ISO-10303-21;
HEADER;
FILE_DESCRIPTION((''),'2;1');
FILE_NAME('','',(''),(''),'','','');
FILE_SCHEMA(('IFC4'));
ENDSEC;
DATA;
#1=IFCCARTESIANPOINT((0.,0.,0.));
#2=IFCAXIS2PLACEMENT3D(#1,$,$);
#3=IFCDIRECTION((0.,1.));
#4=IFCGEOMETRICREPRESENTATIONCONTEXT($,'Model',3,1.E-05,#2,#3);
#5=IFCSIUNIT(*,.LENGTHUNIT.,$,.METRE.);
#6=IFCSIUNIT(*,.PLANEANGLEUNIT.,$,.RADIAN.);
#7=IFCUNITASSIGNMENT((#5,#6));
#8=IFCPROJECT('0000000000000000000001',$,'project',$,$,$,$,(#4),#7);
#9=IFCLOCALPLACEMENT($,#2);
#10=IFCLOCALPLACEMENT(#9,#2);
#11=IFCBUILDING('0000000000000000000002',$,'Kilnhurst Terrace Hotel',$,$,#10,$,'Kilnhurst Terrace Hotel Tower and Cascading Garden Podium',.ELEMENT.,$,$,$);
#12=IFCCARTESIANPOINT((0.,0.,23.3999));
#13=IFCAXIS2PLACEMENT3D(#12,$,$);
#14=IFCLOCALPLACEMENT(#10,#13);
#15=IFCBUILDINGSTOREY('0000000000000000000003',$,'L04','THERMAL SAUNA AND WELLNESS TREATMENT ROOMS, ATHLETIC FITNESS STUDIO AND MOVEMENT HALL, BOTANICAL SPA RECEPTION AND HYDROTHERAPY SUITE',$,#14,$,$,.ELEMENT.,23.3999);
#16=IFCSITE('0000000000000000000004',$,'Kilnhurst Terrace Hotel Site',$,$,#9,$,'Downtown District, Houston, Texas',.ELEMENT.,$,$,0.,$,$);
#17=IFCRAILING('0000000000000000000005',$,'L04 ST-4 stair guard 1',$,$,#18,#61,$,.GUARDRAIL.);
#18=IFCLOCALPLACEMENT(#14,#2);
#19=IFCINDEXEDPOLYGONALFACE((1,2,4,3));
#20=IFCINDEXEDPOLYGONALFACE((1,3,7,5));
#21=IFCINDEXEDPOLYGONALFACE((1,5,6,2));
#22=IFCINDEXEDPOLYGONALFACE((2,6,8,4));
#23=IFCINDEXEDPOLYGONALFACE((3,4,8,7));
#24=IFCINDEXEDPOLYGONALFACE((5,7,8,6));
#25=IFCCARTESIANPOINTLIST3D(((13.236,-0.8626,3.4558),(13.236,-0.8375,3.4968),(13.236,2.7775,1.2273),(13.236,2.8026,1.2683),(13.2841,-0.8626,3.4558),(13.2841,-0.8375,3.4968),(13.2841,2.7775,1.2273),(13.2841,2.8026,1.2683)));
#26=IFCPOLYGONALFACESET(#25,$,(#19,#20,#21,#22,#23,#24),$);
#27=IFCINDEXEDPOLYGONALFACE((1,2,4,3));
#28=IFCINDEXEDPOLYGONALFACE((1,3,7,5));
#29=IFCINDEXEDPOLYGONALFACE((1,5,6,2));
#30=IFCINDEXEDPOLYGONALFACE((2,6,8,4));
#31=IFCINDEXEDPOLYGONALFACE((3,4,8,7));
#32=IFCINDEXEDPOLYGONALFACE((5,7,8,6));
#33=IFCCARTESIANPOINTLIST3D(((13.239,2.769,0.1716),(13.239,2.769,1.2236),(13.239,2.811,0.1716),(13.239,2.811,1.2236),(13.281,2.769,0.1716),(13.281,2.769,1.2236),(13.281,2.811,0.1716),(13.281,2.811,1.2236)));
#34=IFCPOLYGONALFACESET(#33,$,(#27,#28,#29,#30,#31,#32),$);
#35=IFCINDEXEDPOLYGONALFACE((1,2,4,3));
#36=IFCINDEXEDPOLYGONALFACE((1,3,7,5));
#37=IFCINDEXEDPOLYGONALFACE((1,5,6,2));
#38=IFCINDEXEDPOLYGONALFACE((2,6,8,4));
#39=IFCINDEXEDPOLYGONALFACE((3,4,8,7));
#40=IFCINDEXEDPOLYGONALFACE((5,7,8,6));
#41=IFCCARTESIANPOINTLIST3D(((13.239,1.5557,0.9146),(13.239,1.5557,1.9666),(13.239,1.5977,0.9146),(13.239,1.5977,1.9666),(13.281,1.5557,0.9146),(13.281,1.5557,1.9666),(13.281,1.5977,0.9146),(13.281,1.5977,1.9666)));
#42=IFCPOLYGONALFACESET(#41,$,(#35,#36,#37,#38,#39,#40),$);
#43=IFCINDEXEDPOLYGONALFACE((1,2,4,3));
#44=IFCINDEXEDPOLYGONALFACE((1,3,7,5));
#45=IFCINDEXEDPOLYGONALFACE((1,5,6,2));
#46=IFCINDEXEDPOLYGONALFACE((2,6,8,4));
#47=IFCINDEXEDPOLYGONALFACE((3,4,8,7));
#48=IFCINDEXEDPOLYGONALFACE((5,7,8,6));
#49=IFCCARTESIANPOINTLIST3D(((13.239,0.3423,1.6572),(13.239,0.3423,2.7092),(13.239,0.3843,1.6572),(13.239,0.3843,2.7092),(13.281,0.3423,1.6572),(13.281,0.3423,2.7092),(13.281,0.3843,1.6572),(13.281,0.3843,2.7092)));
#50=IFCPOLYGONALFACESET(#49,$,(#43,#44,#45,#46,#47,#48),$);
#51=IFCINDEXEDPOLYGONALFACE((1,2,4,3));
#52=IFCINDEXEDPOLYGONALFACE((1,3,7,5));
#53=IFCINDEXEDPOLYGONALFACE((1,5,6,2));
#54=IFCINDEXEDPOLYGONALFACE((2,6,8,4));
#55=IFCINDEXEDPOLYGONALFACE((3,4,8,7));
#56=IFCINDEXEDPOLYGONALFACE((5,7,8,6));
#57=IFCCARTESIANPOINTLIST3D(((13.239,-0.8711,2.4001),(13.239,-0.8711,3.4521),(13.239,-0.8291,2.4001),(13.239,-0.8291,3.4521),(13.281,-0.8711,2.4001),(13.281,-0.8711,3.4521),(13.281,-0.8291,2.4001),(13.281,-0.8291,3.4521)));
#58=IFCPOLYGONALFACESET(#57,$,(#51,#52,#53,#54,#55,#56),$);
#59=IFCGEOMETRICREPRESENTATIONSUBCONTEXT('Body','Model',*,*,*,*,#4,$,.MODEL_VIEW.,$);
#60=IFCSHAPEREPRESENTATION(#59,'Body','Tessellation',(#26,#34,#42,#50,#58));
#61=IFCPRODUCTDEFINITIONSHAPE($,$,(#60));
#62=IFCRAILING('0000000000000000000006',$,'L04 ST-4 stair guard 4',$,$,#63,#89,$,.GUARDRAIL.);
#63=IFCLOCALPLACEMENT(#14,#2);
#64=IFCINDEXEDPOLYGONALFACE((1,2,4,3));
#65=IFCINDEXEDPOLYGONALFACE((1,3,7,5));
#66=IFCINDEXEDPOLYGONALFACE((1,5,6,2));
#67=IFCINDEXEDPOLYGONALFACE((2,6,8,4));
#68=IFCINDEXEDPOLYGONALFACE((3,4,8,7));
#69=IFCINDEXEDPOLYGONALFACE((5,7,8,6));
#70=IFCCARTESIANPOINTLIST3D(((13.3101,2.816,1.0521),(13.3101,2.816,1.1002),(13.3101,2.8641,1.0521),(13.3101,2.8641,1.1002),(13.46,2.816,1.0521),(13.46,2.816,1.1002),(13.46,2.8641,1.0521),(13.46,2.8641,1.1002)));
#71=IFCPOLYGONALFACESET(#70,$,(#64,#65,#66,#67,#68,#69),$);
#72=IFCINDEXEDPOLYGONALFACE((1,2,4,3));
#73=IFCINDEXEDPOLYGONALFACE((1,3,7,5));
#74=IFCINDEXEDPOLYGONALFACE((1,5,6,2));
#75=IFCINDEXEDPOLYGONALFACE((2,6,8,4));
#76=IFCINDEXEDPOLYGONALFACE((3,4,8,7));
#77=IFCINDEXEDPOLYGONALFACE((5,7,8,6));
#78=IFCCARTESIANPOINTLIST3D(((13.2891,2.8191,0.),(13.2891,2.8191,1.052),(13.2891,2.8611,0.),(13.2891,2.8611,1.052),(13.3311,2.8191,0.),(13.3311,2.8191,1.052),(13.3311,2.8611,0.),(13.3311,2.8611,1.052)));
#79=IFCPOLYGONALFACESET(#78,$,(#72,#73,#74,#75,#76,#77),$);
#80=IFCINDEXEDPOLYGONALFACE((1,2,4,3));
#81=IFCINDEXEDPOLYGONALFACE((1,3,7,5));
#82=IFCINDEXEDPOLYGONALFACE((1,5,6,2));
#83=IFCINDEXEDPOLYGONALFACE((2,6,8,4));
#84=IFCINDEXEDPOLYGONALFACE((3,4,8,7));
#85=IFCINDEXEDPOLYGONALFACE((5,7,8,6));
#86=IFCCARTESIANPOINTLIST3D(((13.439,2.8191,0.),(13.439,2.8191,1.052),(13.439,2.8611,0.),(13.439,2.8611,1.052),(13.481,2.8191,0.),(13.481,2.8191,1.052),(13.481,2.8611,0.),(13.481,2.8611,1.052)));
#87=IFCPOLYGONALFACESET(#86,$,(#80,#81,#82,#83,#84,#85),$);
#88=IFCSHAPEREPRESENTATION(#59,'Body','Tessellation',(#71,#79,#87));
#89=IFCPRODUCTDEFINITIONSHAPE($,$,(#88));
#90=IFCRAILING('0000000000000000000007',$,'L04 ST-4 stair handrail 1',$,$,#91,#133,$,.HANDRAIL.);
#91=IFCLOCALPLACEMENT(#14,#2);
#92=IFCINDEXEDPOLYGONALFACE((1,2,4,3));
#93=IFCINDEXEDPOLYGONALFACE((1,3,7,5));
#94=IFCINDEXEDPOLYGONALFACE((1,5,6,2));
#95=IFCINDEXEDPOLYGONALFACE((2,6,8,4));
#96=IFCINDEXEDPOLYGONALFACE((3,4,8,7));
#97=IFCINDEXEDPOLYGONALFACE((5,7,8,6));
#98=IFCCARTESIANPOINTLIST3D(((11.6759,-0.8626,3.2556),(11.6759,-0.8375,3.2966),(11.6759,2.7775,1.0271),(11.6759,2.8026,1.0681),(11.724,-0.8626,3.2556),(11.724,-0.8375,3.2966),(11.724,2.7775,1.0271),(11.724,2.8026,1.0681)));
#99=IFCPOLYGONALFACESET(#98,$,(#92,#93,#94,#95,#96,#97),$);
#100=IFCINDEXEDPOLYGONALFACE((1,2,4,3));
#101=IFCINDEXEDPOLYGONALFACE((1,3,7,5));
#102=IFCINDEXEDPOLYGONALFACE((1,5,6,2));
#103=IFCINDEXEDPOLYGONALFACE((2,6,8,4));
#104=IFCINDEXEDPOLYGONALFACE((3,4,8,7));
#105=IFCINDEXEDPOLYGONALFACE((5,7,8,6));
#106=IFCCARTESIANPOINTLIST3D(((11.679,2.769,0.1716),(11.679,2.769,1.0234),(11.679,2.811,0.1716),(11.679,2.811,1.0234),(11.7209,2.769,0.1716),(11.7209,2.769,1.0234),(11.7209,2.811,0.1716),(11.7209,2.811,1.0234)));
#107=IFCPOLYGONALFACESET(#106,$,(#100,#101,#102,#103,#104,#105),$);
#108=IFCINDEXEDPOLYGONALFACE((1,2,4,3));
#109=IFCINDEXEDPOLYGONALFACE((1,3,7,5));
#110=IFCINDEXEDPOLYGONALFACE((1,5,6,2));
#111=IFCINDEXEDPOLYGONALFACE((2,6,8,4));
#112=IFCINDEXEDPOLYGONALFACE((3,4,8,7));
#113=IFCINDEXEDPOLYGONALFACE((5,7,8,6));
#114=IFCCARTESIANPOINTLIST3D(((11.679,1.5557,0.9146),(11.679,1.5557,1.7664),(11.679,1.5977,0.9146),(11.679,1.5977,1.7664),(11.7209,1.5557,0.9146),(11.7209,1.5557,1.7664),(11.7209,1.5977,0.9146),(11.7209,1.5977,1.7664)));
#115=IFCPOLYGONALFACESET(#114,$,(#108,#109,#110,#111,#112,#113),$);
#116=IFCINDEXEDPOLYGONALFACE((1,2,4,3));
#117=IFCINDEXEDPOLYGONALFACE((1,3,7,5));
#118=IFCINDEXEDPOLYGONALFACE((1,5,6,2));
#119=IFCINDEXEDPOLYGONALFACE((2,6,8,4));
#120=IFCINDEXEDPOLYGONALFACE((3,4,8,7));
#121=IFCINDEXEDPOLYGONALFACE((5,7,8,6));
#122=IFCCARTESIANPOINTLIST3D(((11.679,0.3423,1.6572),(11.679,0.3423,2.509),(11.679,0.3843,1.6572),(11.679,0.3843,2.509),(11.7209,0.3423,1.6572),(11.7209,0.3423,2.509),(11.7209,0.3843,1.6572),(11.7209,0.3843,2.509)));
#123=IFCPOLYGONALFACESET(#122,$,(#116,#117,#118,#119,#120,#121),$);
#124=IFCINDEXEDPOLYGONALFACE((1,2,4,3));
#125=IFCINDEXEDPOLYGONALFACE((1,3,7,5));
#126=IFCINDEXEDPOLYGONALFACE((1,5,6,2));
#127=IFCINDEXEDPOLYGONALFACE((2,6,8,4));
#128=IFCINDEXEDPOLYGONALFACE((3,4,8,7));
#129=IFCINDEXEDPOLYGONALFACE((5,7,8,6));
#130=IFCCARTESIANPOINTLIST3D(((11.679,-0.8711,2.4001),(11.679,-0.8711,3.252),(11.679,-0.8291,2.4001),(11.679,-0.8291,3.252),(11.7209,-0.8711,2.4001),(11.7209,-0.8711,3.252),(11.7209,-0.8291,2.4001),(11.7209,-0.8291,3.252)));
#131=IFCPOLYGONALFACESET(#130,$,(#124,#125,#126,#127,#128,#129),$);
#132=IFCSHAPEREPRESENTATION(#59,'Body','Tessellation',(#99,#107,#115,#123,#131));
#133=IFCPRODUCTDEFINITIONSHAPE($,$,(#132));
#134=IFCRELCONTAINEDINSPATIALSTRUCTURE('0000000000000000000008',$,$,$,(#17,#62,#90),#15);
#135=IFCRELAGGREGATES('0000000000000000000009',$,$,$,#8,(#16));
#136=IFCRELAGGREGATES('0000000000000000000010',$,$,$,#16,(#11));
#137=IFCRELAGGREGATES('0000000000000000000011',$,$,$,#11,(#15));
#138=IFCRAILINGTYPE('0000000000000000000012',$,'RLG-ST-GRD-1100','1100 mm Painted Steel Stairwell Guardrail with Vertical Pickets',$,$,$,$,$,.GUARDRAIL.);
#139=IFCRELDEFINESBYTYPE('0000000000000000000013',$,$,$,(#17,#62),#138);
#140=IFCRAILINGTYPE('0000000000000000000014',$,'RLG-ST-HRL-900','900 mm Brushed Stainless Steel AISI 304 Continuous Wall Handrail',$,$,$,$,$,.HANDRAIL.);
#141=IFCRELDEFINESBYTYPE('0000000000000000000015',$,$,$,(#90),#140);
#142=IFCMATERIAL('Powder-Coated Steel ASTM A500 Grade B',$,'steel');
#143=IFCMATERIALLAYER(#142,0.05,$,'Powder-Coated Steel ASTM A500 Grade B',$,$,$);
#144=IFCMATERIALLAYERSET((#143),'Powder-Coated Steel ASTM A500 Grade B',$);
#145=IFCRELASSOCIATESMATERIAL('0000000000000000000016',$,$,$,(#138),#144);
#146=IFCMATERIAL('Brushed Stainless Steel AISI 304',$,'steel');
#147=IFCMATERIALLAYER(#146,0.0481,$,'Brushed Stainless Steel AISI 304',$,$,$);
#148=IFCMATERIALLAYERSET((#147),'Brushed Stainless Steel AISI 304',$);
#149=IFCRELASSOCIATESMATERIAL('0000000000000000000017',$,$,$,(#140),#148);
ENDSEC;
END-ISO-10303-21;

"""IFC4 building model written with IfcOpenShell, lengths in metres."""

from ifc_helpers import new_model, si_unit, direction, frame, origin, origin_2d, place, context, subcontext, project, spatial, rectangle, extrude, material, layer, layer_set, type_object, element, save


model = new_model("IFC4")

# Units and contexts
model_context = context("Model", 3, precision=1e-05, world=origin(), true_north=direction((0.0, 1.0)))
body_context = subcontext(model_context, "Body", "Model", "MODEL_VIEW")
ifc_project = project(units=[si_unit("LENGTHUNIT", "METRE"), si_unit("PLANEANGLEUNIT", "RADIAN")], contexts=[model_context])

# Site, building, storey
site_placement = place(None, origin())
site = spatial("IfcSite", under=ifc_project, at=site_placement, Name="Kilnhurst Terrace Hotel Site", LongName="Downtown District, Houston, Texas", CompositionType="ELEMENT", RefElevation=0.0)
building_placement = place(site_placement, origin())
building = spatial("IfcBuilding", under=site, at=building_placement, Name="Kilnhurst Terrace Hotel", LongName="Kilnhurst Terrace Hotel Tower and Cascading Garden Podium", CompositionType="ELEMENT")
storey_placement = place(building_placement, frame((0.0, 0.0, 23.3999)))
storey = spatial("IfcBuildingStorey", under=building, at=storey_placement, Name="L04", Description="THERMAL SAUNA AND WELLNESS TREATMENT ROOMS, ATHLETIC FITNESS STUDIO AND MOVEMENT HALL, BOTANICAL SPA RECEPTION AND HYDROTHERAPY SUITE", CompositionType="ELEMENT", Elevation=23.3999)

# Railings
ifc_material_1 = material(Name="Powder-Coated Steel ASTM A500 Grade B", Category="steel")
ifc_layer_1 = layer(ifc_material_1, 0.05, Name="Powder-Coated Steel ASTM A500 Grade B")
ifc_layer_set_1 = layer_set([ifc_layer_1], Name="Powder-Coated Steel ASTM A500 Grade B")
railing_type_1 = type_object("IfcRailingType", Name="RLG-ST-GRD-1100", Description="1100 mm Painted Steel Stairwell Guardrail with Vertical Pickets", PredefinedType="GUARDRAIL", material=ifc_layer_set_1)
railing_1_placement = place(storey_placement, frame((13.26, 2.79, 0.1716)))
element("IfcRailing", 1, at=railing_1_placement, inside=storey, type_object=railing_type_1, Name="L04 ST-4 stair guard 1", PredefinedType="GUARDRAIL", context=body_context, shape_type="SweptSolid", body=[
    extrude(rectangle(XDim=0.0481, YDim=0.0481, at=origin_2d()), frame((0.0, 0.0, 1.0762), z_axis=(0.0, -0.852866, 0.52213), x_axis=(1.0, 0.0, 0.0)), (0.0, 0.0, 1.0), 4.2681),
    extrude(rectangle(XDim=0.042, YDim=0.042, at=origin_2d()), origin(), (0.0, 0.0, 1.0), 1.052),
    extrude(rectangle(XDim=0.042, YDim=0.042, at=origin_2d()), frame((0.0, -1.2134, 0.7429)), (0.0, 0.0, 1.0), 1.052),
    extrude(rectangle(XDim=0.042, YDim=0.042, at=origin_2d()), frame((0.0, -2.4268, 1.4856)), (0.0, 0.0, 1.0), 1.052),
    extrude(rectangle(XDim=0.042, YDim=0.042, at=origin_2d()), frame((0.0, -3.6401, 2.2285)), (0.0, 0.0, 1.0), 1.052),
])
railing_2_placement = place(storey_placement, frame((13.3101, 2.8401, 0.0)))
element("IfcRailing", 2, at=railing_2_placement, inside=storey, type_object=railing_type_1, Name="L04 ST-4 stair guard 4", PredefinedType="GUARDRAIL", context=body_context, shape_type="SweptSolid", body=[
    extrude(rectangle(XDim=0.0481, YDim=0.0481, at=origin_2d()), frame((0.0, 0.0, 1.0762), z_axis=(1.0, 0.0, 0.0), x_axis=(0.0, 1.0, 0.0)), (0.0, 0.0, 1.0), 0.1499),
    extrude(rectangle(XDim=0.042, YDim=0.042, at=origin_2d()), origin(), (0.0, 0.0, 1.0), 1.052),
    extrude(rectangle(XDim=0.042, YDim=0.042, at=origin_2d()), frame((0.1499, 0.0, 0.0)), (0.0, 0.0, 1.0), 1.052),
])
ifc_material_2 = material(Name="Brushed Stainless Steel AISI 304", Category="steel")
ifc_layer_2 = layer(ifc_material_2, 0.0481, Name="Brushed Stainless Steel AISI 304")
ifc_layer_set_2 = layer_set([ifc_layer_2], Name="Brushed Stainless Steel AISI 304")
railing_type_2 = type_object("IfcRailingType", Name="RLG-ST-HRL-900", Description="900 mm Brushed Stainless Steel AISI 304 Continuous Wall Handrail", PredefinedType="HANDRAIL", material=ifc_layer_set_2)
railing_3_placement = place(storey_placement, frame((11.7, 2.79, 0.1716)))
element("IfcRailing", 3, at=railing_3_placement, inside=storey, type_object=railing_type_2, Name="L04 ST-4 stair handrail 1", PredefinedType="HANDRAIL", context=body_context, shape_type="SweptSolid", body=[
    extrude(rectangle(XDim=0.0481, YDim=0.0481, at=origin_2d()), frame((0.0, 0.0, 0.876), z_axis=(0.0, -0.852866, 0.52213), x_axis=(1.0, 0.0, 0.0)), (0.0, 0.0, 1.0), 4.2681),
    extrude(rectangle(XDim=0.042, YDim=0.042, at=origin_2d()), origin(), (0.0, 0.0, 1.0), 0.8518),
    extrude(rectangle(XDim=0.042, YDim=0.042, at=origin_2d()), frame((0.0, -1.2134, 0.7429)), (0.0, 0.0, 1.0), 0.8518),
    extrude(rectangle(XDim=0.042, YDim=0.042, at=origin_2d()), frame((0.0, -2.4268, 1.4856)), (0.0, 0.0, 1.0), 0.8518),
    extrude(rectangle(XDim=0.042, YDim=0.042, at=origin_2d()), frame((0.0, -3.6401, 2.2285)), (0.0, 0.0, 1.0), 0.8518),
])

save(model, "model.ifc")
